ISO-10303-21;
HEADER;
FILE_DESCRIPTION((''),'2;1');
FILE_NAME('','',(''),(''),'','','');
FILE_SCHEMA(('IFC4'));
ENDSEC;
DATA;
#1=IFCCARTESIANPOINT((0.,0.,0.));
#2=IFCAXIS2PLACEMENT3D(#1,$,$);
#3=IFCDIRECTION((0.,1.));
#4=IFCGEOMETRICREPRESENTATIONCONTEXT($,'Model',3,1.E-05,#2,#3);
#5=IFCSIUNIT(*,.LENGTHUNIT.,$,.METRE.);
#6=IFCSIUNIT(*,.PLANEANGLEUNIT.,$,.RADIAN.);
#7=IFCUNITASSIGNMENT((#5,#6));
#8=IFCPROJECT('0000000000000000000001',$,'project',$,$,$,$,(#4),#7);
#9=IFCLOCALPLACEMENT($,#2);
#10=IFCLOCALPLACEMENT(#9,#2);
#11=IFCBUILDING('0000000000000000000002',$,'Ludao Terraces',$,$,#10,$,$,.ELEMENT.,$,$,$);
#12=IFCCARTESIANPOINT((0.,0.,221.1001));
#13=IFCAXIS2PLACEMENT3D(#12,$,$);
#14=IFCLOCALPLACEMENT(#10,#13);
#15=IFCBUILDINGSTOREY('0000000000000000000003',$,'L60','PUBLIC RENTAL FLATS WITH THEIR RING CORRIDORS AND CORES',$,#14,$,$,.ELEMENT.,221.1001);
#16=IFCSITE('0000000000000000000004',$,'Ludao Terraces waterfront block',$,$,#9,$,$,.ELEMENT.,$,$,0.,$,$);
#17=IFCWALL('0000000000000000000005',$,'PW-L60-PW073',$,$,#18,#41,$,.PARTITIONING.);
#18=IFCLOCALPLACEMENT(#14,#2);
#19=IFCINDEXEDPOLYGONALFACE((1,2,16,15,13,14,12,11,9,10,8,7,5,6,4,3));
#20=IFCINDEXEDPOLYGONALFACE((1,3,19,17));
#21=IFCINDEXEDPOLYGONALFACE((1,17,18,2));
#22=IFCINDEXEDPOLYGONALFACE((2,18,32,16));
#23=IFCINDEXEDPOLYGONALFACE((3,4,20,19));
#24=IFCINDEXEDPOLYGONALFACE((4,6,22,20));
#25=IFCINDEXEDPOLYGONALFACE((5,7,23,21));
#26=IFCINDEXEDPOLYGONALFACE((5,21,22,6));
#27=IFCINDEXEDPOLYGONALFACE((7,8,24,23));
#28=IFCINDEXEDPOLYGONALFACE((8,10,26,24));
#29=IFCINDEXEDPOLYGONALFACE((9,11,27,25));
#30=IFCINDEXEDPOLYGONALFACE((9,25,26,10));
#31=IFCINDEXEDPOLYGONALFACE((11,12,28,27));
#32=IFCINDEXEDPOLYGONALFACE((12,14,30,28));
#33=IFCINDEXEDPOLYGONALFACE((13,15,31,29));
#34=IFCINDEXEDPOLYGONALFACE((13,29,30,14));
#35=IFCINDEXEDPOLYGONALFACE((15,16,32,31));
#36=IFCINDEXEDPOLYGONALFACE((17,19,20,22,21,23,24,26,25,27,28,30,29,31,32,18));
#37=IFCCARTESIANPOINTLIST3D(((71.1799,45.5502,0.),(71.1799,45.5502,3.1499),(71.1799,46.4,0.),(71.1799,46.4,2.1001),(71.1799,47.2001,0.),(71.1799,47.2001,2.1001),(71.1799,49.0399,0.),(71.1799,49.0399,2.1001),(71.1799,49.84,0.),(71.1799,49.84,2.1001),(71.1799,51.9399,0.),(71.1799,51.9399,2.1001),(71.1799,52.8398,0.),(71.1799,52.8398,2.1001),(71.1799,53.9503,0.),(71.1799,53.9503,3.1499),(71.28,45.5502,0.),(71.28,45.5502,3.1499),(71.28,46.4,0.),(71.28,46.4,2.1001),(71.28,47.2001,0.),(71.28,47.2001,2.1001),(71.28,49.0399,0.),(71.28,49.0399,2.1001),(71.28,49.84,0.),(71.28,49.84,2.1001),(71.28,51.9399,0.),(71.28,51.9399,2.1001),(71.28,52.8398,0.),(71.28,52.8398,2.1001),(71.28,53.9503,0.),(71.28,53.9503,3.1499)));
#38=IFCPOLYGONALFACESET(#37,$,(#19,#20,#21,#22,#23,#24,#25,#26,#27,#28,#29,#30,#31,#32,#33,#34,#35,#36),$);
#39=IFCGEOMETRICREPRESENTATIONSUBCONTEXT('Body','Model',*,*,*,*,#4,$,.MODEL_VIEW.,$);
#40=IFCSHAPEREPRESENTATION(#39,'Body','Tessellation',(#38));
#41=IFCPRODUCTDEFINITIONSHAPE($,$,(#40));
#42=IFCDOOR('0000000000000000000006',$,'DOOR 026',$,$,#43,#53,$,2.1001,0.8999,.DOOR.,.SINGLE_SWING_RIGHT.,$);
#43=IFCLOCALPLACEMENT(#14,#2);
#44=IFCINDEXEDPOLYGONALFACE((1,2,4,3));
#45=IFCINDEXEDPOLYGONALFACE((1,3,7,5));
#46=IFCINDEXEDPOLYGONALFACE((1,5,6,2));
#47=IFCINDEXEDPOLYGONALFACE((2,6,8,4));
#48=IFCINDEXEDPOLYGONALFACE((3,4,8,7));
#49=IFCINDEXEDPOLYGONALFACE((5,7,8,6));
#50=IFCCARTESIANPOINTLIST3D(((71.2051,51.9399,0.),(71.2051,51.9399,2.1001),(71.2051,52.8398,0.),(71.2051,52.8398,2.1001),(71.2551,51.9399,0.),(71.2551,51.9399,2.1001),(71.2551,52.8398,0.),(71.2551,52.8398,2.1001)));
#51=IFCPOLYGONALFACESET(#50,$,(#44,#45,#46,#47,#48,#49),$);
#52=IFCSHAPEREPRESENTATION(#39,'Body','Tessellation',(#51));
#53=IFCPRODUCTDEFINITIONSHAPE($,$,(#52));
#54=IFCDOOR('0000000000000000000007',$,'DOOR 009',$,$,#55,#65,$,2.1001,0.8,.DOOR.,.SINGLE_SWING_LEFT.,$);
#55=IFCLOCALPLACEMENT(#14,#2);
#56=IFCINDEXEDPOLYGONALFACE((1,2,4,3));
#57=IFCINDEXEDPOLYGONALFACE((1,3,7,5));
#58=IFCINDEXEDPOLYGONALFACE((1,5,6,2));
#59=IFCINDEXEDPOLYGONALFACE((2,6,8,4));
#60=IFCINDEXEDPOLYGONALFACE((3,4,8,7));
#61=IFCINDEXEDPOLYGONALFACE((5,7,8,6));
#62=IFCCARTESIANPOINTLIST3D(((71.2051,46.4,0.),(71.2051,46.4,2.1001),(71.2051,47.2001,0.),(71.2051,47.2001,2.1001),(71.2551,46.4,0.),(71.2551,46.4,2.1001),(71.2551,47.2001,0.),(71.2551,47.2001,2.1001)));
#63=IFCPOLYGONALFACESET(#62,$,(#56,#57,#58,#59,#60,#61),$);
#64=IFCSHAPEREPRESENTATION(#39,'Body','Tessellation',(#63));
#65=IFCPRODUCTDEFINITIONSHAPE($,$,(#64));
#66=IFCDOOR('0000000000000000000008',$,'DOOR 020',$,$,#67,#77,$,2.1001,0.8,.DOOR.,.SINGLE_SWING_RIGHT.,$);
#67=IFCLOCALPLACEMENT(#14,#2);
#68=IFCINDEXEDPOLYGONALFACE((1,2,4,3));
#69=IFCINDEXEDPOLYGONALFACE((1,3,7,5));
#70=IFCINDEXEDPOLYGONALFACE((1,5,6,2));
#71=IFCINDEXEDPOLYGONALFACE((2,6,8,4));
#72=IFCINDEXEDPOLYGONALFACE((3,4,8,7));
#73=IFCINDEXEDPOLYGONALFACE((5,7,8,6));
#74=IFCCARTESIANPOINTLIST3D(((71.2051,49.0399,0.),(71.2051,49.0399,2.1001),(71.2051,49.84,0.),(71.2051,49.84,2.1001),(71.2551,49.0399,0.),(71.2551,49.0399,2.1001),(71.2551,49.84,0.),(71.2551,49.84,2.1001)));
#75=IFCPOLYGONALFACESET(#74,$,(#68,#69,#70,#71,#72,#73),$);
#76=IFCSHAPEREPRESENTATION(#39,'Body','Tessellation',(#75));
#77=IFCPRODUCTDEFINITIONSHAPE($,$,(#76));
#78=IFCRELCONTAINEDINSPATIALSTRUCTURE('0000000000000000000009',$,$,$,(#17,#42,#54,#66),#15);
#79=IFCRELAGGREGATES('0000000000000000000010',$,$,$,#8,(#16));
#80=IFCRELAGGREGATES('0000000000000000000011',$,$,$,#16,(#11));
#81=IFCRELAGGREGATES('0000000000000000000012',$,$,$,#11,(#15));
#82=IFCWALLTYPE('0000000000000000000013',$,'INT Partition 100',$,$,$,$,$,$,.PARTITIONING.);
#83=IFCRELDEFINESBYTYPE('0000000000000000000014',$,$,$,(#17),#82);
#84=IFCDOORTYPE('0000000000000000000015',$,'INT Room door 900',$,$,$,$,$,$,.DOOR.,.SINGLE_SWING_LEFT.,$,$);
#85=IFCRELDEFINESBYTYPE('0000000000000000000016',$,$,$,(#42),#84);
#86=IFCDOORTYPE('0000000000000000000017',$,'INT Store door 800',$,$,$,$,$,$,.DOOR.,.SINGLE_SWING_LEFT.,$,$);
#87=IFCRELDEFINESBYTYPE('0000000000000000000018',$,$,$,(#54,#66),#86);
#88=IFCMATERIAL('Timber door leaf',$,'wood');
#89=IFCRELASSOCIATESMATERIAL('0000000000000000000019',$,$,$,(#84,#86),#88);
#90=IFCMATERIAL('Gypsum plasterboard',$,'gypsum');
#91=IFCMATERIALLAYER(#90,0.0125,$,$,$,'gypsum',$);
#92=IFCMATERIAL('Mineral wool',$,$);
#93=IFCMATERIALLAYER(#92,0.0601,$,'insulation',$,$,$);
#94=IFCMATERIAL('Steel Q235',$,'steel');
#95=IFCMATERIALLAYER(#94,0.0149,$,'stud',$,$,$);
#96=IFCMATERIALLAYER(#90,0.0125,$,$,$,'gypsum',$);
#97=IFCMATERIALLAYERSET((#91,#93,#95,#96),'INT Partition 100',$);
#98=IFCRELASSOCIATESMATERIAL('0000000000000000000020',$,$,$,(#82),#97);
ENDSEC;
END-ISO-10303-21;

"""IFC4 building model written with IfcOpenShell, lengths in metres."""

from ifc_helpers import new_model, si_unit, direction, frame, frame_2d, origin, place, context, subcontext, project, spatial, rectangle, extrude, material, layer, layer_set, type_object, element, fill, save


model = new_model("IFC4")

# Units and contexts
model_context = context("Model", 3, precision=1e-05, world=origin(), true_north=direction((0.0, 1.0)))
body_context = subcontext(model_context, "Body", "Model", "MODEL_VIEW")
ifc_project = project(units=[si_unit("LENGTHUNIT", "METRE"), si_unit("PLANEANGLEUNIT", "RADIAN")], contexts=[model_context])

# Site, building, storey
site_placement = place(None, origin())
site = spatial("IfcSite", under=ifc_project, at=site_placement, Name="Ludao Terraces waterfront block", CompositionType="ELEMENT", RefElevation=0.0)
building_placement = place(site_placement, origin())
building = spatial("IfcBuilding", under=site, at=building_placement, Name="Ludao Terraces", CompositionType="ELEMENT")
storey_placement = place(building_placement, frame((0.0, 0.0, 221.1001)))
storey = spatial("IfcBuildingStorey", under=building, at=storey_placement, Name="L60", Description="PUBLIC RENTAL FLATS WITH THEIR RING CORRIDORS AND CORES", CompositionType="ELEMENT", Elevation=221.1001)

# Wall, openings, doors
ifc_material_1 = material(Name="Steel Q235", Category="steel")
ifc_material_2 = material(Name="Timber door leaf", Category="wood")
door_type_1 = type_object("IfcDoorType", Name="INT Room door 900", OperationType="SINGLE_SWING_LEFT", PredefinedType="DOOR", material=ifc_material_2)
ifc_material_3 = material(Name="Gypsum plasterboard", Category="gypsum")
ifc_layer_1 = layer(ifc_material_3, 0.0125, Category="gypsum")
ifc_material_4 = material(Name="Mineral wool")
ifc_layer_2 = layer(ifc_material_4, 0.0601, Name="insulation")
ifc_layer_3 = layer(ifc_material_1, 0.0149, Name="stud")
ifc_layer_4 = layer(ifc_material_3, 0.0125, Category="gypsum")
ifc_layer_set_1 = layer_set([ifc_layer_1, ifc_layer_2, ifc_layer_3, ifc_layer_4], Name="INT Partition 100")
wall_type_1 = type_object("IfcWallType", Name="INT Partition 100", PredefinedType="PARTITIONING", material=ifc_layer_set_1)
wall_1_placement = place(storey_placement, frame((71.23, 45.55, 0.0), z_axis=(0.0, 0.0, 1.0), x_axis=(0.0, 1.0, 0.0)))
wall_1 = element("IfcWall", 1, at=wall_1_placement, inside=storey, type_object=wall_type_1, Name="PW-L60-PW073", PredefinedType="PARTITIONING", context=body_context, shape_type="SweptSolid", body=[
    extrude(rectangle(XDim=8.4001, YDim=0.1001, at=frame_2d((4.2002, 0.0))), origin(), (0.0, 0.0, 1.0), 3.1499),
])
opening_1_placement = place(wall_1_placement, frame((0.8501, 0.0, 0.0)))
opening_1 = element("IfcOpeningElement", 2, at=opening_1_placement, cuts=wall_1, PredefinedType="OPENING", context=body_context, shape_type="SweptSolid", body=[
    extrude(rectangle(XDim=0.8, YDim=2.1001, at=frame_2d((0.3999, 1.05))), frame((0.0, 0.0601, 0.0), z_axis=(0.0, -1.0, 0.0), x_axis=(1.0, 0.0, 0.0)), (0.0, 0.0, 1.0), 0.1201),
])
opening_2_placement = place(wall_1_placement, frame((3.49, 0.0, 0.0)))
opening_2 = element("IfcOpeningElement", 3, at=opening_2_placement, cuts=wall_1, PredefinedType="OPENING", context=body_context, shape_type="SweptSolid", body=[
    extrude(rectangle(XDim=0.8, YDim=2.1001, at=frame_2d((0.3999, 1.05))), frame((0.0, 0.0601, 0.0), z_axis=(0.0, -1.0, 0.0), x_axis=(1.0, 0.0, 0.0)), (0.0, 0.0, 1.0), 0.1201),
])
opening_3_placement = place(wall_1_placement, frame((6.3899, 0.0, 0.0)))
opening_3 = element("IfcOpeningElement", 4, at=opening_3_placement, cuts=wall_1, PredefinedType="OPENING", context=body_context, shape_type="SweptSolid", body=[
    extrude(rectangle(XDim=0.8999, YDim=2.1001, at=frame_2d((0.45, 1.05))), frame((0.0, 0.0601, 0.0), z_axis=(0.0, -1.0, 0.0), x_axis=(1.0, 0.0, 0.0)), (0.0, 0.0, 1.0), 0.1201),
])
door_1_placement = place(opening_3_placement, origin())
door_1 = element("IfcDoor", 5, at=door_1_placement, inside=storey, type_object=door_type_1, Name="DOOR 026", OperationType="SINGLE_SWING_RIGHT", OverallHeight=2.1001, OverallWidth=0.8999, PredefinedType="DOOR", context=body_context, shape_type="SweptSolid", body=[
    extrude(rectangle(XDim=0.8999, YDim=2.1001, at=frame_2d((0.45, 1.05))), frame((0.0, 0.0249, 0.0), z_axis=(0.0, -1.0, 0.0), x_axis=(1.0, 0.0, 0.0)), (0.0, 0.0, 1.0), 0.05),
])
fill(opening_3, door_1)
door_type_2 = type_object("IfcDoorType", Name="INT Store door 800", OperationType="SINGLE_SWING_LEFT", PredefinedType="DOOR", material=ifc_material_2)
door_2_placement = place(opening_1_placement, origin())
door_2 = element("IfcDoor", 6, at=door_2_placement, inside=storey, type_object=door_type_2, Name="DOOR 009", OperationType="SINGLE_SWING_LEFT", OverallHeight=2.1001, OverallWidth=0.8, PredefinedType="DOOR", context=body_context, shape_type="SweptSolid", body=[
    extrude(rectangle(XDim=0.8, YDim=2.1001, at=frame_2d((0.3999, 1.05))), frame((0.0, 0.0249, 0.0), z_axis=(0.0, -1.0, 0.0), x_axis=(1.0, 0.0, 0.0)), (0.0, 0.0, 1.0), 0.05),
])
fill(opening_1, door_2)
door_3_placement = place(opening_2_placement, origin())
door_3 = element("IfcDoor", 7, at=door_3_placement, inside=storey, type_object=door_type_2, Name="DOOR 020", OperationType="SINGLE_SWING_RIGHT", OverallHeight=2.1001, OverallWidth=0.8, PredefinedType="DOOR", context=body_context, shape_type="SweptSolid", body=[
    extrude(rectangle(XDim=0.8, YDim=2.1001, at=frame_2d((0.3999, 1.05))), frame((0.0, 0.0249, 0.0), z_axis=(0.0, -1.0, 0.0), x_axis=(1.0, 0.0, 0.0)), (0.0, 0.0, 1.0), 0.05),
])
fill(opening_2, door_3)

save(model, "model.ifc")
